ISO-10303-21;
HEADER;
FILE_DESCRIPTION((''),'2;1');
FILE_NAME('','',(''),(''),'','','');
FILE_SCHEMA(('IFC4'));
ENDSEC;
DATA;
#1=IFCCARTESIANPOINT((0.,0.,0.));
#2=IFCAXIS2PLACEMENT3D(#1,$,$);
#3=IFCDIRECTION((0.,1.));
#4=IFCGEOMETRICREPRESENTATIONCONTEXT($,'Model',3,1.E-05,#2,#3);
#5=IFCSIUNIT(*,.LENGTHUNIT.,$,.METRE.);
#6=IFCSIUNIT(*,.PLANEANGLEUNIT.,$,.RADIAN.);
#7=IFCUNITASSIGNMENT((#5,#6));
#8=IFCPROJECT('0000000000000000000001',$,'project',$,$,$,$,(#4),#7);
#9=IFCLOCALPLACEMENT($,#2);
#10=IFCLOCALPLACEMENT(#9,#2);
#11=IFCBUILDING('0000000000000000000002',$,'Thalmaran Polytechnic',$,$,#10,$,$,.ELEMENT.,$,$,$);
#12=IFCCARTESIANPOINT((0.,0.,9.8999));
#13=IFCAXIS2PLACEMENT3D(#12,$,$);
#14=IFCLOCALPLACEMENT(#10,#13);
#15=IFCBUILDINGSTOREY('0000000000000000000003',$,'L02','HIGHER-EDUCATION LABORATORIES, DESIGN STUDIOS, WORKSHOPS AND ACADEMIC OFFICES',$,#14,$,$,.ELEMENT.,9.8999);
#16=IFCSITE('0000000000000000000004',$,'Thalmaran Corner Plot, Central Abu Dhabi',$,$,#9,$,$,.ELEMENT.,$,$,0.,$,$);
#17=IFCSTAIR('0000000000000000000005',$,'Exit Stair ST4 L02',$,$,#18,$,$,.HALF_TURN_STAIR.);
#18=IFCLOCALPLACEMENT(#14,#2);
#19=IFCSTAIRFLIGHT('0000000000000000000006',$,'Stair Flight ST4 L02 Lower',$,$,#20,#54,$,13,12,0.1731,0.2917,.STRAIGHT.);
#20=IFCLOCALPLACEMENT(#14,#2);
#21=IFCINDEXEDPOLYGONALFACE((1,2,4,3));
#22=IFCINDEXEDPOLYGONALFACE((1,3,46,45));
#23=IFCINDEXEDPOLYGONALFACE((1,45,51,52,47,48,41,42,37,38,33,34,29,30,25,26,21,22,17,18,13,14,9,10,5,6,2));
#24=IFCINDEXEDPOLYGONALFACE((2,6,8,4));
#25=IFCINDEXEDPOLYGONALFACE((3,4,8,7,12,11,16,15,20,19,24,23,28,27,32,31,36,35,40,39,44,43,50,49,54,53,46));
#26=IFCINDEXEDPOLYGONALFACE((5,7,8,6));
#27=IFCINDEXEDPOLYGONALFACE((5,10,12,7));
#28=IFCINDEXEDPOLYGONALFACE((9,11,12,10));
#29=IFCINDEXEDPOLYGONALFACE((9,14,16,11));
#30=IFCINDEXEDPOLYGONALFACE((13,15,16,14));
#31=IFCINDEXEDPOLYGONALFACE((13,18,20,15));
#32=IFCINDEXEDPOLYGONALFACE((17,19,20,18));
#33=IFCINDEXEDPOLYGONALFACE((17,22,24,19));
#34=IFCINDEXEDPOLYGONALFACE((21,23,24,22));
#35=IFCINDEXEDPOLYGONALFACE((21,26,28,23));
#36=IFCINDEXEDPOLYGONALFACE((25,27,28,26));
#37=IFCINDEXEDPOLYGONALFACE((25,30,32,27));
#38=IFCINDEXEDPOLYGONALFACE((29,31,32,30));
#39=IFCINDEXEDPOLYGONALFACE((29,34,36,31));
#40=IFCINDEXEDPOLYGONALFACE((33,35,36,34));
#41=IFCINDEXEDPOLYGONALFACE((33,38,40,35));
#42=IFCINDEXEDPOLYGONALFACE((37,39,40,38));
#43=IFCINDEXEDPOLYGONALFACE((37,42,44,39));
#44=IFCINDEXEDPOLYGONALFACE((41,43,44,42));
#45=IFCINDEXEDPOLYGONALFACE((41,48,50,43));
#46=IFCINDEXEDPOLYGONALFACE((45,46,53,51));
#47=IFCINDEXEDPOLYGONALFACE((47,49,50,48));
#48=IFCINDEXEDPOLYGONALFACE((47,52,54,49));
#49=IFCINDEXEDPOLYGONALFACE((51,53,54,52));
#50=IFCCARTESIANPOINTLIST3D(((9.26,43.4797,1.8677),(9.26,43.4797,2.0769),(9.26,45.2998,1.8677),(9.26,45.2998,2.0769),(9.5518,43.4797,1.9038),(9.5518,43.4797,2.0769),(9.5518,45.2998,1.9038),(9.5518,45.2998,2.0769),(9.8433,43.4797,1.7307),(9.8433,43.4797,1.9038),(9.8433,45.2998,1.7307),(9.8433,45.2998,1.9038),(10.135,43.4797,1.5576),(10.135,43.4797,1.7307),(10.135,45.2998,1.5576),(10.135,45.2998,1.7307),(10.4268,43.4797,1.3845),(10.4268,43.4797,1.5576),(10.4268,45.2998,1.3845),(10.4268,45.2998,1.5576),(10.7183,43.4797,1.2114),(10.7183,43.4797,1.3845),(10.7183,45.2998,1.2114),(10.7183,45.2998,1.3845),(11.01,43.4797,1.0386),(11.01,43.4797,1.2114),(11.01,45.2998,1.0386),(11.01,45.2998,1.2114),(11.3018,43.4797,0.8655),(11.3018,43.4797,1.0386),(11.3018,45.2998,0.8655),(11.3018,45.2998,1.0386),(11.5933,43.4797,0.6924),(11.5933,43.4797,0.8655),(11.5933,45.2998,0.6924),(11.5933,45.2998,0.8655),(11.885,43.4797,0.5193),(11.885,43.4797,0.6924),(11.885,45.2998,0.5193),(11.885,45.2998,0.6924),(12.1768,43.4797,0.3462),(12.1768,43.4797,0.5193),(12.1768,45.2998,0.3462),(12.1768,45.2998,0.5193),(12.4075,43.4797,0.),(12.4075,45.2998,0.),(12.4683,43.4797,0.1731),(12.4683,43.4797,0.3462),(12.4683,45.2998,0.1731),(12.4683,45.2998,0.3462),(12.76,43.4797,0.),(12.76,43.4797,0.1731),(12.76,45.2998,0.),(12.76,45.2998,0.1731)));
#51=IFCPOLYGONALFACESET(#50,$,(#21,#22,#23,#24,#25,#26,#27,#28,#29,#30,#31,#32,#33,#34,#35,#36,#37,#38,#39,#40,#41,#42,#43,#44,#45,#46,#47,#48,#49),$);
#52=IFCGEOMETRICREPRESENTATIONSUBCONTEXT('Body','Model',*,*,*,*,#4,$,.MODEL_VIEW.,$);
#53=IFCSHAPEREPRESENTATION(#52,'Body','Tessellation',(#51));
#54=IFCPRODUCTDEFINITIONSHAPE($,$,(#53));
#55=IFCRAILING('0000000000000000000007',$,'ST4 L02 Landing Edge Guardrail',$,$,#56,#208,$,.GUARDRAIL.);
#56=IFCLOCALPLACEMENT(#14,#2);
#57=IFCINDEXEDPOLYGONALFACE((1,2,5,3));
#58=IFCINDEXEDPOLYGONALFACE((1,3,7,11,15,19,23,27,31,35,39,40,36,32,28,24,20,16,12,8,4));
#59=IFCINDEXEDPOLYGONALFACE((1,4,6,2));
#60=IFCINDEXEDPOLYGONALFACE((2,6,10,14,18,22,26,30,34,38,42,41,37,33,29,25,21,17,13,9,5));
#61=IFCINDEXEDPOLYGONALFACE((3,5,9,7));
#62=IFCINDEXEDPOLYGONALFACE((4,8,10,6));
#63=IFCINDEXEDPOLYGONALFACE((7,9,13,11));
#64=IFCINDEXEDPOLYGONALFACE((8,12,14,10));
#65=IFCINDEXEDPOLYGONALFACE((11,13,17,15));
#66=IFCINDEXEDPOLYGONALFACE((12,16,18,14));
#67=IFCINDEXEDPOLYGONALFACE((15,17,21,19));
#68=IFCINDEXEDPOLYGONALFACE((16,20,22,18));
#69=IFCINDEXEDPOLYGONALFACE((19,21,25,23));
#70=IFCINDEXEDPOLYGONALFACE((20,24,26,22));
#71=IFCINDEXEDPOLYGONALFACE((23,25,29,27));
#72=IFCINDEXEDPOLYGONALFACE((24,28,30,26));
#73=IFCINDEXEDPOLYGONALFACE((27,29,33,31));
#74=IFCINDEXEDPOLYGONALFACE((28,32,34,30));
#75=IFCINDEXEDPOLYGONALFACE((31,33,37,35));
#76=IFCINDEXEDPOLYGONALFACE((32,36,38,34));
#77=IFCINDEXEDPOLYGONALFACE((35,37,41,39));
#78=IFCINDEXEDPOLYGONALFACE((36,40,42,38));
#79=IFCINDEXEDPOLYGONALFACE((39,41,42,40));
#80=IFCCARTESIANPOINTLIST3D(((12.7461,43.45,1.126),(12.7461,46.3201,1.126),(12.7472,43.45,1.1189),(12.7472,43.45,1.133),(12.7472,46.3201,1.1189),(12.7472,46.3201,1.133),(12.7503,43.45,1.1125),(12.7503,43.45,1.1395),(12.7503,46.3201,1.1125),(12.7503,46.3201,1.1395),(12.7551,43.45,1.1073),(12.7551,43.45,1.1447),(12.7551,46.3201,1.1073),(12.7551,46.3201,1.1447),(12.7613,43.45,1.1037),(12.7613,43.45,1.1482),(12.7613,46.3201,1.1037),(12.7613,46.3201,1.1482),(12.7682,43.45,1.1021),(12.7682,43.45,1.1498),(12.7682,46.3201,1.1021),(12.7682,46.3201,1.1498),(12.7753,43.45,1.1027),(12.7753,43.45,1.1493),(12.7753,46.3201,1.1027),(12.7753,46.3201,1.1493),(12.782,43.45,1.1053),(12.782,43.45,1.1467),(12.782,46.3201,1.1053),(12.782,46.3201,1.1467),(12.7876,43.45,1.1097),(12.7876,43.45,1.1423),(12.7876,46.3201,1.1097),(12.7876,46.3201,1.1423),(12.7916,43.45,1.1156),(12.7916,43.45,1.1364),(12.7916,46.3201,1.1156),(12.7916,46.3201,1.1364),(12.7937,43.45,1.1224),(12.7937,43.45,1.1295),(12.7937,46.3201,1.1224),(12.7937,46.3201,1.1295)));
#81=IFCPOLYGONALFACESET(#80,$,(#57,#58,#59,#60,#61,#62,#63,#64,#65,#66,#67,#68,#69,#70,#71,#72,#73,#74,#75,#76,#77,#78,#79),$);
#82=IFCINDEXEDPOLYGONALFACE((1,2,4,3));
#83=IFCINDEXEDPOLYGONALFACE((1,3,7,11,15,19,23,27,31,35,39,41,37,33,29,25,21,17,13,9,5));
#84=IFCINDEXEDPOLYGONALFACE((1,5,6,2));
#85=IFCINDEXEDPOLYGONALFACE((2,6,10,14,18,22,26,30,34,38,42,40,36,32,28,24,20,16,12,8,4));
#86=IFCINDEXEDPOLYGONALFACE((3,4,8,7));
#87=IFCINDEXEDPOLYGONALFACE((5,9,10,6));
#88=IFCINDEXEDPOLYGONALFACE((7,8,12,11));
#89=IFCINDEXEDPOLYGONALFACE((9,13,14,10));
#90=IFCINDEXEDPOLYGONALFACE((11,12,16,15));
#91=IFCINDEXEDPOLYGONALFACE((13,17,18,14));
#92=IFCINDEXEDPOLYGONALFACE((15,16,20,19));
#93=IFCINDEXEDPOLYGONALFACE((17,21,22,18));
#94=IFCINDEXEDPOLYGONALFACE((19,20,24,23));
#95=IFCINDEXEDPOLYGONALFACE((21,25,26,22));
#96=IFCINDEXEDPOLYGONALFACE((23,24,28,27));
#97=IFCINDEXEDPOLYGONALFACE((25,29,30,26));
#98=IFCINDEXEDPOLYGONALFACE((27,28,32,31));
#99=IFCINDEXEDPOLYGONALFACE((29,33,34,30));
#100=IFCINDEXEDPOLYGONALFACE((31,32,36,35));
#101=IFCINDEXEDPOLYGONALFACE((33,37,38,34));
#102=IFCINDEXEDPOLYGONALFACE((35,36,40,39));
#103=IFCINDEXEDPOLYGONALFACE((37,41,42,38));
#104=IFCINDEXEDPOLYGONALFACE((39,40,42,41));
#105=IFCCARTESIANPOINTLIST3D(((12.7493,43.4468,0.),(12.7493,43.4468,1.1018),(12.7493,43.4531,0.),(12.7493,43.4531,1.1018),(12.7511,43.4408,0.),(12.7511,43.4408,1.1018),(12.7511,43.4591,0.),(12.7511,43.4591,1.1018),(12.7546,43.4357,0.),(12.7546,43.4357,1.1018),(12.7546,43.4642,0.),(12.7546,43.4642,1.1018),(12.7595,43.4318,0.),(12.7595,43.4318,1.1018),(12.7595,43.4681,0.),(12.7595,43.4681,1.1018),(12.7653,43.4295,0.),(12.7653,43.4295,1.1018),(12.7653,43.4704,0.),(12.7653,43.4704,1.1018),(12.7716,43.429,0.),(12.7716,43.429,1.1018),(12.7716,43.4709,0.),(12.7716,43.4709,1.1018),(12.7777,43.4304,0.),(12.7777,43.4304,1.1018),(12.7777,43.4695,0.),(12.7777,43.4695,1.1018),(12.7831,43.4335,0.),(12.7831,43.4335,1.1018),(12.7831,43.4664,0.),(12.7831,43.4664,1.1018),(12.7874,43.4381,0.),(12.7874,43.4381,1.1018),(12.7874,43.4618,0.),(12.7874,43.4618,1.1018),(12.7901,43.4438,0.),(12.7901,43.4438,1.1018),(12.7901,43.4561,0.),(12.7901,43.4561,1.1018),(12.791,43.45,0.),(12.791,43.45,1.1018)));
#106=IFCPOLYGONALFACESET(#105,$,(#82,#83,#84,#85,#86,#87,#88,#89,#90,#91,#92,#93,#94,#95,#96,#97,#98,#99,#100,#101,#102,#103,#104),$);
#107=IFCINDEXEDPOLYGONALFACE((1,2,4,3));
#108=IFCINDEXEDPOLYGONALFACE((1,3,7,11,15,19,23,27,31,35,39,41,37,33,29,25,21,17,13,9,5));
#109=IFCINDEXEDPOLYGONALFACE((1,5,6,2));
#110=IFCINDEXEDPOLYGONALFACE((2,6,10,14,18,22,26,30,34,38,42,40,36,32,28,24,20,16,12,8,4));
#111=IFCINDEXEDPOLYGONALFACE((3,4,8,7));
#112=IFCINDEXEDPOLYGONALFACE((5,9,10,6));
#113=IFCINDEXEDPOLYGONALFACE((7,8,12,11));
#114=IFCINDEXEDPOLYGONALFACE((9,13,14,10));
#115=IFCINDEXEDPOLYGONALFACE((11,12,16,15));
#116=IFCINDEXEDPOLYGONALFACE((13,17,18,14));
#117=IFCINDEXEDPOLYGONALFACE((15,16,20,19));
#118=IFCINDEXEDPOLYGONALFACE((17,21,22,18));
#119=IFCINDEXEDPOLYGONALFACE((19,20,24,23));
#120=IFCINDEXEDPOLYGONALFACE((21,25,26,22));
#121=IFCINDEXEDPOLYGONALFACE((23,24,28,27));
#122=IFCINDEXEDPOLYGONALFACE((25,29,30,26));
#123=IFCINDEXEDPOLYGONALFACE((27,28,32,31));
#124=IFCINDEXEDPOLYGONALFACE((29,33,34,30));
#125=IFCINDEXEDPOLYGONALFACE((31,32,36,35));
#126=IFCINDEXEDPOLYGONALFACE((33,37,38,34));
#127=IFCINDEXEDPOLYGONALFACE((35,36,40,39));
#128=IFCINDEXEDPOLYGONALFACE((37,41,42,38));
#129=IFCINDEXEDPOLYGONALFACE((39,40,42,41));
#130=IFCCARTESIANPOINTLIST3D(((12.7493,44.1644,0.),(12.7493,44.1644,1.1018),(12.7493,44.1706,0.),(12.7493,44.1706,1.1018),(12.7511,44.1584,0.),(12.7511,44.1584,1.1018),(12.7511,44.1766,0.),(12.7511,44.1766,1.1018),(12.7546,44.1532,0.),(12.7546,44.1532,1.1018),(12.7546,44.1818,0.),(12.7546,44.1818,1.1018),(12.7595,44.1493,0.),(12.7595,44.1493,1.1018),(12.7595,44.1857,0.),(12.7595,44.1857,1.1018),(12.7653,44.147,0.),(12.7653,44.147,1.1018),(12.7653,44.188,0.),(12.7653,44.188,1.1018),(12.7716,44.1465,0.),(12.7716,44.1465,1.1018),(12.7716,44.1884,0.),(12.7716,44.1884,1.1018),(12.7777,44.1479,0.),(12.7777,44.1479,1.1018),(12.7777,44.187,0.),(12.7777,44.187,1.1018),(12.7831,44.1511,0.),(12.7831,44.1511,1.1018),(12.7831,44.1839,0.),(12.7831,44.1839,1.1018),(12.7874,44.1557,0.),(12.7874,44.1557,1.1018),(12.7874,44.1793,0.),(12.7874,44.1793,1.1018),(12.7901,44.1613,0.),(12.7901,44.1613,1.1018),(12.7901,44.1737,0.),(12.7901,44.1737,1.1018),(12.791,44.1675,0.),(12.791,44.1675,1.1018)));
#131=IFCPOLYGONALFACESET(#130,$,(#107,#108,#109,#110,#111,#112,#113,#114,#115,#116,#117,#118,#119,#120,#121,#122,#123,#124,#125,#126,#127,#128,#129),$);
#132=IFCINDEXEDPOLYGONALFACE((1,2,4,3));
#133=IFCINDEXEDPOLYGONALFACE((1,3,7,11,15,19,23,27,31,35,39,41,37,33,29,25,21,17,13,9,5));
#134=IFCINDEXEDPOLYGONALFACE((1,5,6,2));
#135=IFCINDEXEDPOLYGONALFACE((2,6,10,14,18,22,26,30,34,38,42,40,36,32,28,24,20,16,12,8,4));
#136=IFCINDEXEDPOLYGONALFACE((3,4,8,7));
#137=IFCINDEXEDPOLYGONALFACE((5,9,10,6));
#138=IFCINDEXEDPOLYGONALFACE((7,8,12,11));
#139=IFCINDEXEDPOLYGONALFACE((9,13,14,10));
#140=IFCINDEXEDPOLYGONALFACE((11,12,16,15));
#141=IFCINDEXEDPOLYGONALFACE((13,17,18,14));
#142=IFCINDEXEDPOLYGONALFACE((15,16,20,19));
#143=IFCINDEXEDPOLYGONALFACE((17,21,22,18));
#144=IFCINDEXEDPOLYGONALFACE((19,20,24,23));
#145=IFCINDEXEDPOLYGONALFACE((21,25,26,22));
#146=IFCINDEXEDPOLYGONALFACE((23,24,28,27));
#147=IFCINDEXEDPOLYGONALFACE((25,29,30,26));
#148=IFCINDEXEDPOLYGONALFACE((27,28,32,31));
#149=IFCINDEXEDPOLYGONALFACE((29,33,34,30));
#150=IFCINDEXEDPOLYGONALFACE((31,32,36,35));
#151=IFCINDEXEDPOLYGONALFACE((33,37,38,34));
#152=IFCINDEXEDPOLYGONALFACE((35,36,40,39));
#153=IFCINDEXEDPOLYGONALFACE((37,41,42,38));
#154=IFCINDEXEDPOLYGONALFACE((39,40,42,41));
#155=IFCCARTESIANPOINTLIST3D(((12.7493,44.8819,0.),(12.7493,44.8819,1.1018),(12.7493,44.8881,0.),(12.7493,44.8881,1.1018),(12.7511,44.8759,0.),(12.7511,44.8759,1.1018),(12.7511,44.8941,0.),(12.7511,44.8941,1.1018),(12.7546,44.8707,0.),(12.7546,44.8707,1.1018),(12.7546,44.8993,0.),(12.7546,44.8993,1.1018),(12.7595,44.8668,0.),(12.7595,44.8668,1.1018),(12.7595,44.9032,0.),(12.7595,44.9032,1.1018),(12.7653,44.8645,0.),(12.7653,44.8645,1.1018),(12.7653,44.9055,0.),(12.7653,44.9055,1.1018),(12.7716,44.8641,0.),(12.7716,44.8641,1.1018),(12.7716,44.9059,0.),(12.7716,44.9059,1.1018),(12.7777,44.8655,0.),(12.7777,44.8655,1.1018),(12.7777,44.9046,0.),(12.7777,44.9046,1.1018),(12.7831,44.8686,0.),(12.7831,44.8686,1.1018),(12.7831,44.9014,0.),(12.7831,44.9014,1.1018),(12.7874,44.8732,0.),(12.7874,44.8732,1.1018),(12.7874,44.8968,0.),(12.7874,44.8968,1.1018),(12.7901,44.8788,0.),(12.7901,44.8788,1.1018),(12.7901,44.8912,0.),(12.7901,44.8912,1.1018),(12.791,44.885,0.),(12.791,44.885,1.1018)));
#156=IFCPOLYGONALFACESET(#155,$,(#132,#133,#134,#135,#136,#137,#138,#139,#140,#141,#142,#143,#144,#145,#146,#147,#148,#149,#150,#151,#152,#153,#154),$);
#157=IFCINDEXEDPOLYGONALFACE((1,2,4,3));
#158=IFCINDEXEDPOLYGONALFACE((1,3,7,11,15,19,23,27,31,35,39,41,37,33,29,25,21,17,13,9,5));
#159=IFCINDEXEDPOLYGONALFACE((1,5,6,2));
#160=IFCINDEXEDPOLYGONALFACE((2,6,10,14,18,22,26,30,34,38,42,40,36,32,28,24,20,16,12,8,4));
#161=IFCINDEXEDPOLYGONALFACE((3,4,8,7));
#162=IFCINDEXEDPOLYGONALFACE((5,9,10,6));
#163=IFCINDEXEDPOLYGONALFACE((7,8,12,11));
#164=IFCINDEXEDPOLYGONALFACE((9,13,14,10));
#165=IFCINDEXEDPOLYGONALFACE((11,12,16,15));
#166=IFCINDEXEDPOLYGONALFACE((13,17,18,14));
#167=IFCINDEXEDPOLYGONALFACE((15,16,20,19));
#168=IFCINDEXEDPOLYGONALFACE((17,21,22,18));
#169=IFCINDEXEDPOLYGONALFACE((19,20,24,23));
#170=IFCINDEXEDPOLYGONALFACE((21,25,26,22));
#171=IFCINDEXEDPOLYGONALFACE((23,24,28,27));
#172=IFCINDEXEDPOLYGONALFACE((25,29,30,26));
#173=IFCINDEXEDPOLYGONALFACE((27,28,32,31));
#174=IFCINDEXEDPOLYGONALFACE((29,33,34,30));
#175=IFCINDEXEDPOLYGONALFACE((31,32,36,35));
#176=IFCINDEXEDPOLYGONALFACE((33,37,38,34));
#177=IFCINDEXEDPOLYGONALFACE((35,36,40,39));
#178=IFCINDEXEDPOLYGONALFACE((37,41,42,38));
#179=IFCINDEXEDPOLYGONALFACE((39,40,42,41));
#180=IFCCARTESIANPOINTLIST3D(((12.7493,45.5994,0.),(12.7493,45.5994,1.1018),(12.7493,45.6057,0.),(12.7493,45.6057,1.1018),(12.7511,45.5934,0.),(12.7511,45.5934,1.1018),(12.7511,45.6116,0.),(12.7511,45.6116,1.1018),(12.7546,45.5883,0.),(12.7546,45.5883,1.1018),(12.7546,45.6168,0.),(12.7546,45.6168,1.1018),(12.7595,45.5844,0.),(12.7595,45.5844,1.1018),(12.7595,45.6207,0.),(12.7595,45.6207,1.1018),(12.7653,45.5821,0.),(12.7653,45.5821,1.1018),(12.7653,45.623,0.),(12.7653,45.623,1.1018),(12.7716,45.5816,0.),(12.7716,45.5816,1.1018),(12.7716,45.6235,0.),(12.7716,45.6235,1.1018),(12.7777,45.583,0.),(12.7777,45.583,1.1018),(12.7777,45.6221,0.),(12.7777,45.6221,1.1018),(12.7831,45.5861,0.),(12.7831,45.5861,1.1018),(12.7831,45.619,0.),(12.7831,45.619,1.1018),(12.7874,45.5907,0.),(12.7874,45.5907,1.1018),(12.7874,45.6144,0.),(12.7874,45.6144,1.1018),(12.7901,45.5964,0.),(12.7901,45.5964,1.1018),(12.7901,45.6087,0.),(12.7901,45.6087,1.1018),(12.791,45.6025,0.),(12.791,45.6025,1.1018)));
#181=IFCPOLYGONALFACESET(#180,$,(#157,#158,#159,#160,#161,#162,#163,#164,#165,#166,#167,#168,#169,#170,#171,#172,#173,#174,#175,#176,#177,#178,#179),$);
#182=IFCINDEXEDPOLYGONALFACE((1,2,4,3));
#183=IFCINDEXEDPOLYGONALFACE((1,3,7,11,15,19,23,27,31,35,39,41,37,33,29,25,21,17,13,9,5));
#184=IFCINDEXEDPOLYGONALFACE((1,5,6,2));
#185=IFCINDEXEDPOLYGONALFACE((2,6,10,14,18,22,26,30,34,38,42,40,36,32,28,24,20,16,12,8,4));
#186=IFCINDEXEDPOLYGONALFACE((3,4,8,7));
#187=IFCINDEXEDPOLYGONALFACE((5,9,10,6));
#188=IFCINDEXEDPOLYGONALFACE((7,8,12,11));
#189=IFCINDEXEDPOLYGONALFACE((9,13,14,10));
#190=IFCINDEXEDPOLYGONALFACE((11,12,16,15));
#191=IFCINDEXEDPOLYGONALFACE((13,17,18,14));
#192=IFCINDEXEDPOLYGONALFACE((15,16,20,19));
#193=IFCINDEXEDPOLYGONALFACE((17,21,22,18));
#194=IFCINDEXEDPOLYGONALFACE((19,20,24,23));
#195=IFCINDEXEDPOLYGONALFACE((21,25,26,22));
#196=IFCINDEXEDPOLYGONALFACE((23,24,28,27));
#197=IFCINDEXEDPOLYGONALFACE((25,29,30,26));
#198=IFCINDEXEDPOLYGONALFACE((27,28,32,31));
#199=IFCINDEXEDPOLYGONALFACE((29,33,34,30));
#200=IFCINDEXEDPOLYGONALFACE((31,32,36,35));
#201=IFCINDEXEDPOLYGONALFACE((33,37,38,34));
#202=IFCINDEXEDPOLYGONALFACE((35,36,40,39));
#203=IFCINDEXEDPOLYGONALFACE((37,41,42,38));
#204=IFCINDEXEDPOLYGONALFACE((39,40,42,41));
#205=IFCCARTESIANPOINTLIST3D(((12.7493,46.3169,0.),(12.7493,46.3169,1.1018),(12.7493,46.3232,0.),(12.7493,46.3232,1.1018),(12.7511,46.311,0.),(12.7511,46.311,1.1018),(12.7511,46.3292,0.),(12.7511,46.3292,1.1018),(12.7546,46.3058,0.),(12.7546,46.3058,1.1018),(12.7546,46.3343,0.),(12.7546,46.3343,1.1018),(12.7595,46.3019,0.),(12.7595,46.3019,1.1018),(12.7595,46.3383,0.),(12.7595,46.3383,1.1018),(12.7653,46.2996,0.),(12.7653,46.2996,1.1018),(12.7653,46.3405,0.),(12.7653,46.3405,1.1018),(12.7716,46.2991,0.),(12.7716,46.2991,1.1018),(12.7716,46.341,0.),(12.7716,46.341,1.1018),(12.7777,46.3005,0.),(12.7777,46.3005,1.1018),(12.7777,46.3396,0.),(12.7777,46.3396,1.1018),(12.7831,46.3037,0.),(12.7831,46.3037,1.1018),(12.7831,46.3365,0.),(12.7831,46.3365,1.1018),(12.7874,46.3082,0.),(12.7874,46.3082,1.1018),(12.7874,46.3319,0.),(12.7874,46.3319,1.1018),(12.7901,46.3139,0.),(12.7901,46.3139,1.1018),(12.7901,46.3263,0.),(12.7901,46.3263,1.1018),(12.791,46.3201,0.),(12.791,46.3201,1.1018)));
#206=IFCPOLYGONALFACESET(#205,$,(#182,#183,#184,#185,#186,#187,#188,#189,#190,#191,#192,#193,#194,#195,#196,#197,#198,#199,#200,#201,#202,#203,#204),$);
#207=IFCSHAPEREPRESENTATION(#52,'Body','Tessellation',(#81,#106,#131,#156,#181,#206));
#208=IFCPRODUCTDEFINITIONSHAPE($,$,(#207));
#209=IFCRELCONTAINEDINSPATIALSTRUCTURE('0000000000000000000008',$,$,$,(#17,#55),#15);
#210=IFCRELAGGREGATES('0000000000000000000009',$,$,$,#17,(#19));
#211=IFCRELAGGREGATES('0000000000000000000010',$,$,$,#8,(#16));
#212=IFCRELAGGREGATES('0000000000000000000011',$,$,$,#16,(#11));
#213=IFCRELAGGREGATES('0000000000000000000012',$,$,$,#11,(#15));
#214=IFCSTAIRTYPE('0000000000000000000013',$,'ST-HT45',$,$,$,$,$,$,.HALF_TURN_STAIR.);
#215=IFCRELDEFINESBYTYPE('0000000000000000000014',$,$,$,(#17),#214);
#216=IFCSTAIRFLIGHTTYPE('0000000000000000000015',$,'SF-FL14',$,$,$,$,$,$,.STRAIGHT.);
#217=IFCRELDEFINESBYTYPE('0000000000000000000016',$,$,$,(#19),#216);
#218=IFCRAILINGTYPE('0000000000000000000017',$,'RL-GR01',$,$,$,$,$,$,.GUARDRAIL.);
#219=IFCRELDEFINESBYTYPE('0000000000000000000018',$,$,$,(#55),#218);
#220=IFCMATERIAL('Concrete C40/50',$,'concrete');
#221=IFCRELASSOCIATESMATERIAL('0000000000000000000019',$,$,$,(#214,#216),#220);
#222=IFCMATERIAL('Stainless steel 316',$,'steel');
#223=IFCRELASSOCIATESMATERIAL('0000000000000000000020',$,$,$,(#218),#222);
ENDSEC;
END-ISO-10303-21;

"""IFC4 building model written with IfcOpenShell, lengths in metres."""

from ifc_helpers import new_model, si_unit, direction, frame, origin, origin_2d, place, context, subcontext, project, spatial, polyline, circle, outline, extrude, material, type_object, element, aggregate, save


model = new_model("IFC4")

# Units and contexts
model_context = context("Model", 3, precision=1e-05, world=origin(), true_north=direction((0.0, 1.0)))
body_context = subcontext(model_context, "Body", "Model", "MODEL_VIEW")
ifc_project = project(units=[si_unit("LENGTHUNIT", "METRE"), si_unit("PLANEANGLEUNIT", "RADIAN")], contexts=[model_context])

# Site, building, storey
site_placement = place(None, origin())
site = spatial("IfcSite", under=ifc_project, at=site_placement, Name="Thalmaran Corner Plot, Central Abu Dhabi", CompositionType="ELEMENT", RefElevation=0.0)
building_placement = place(site_placement, origin())
building = spatial("IfcBuilding", under=site, at=building_placement, Name="Thalmaran Polytechnic", CompositionType="ELEMENT")
storey_placement = place(building_placement, frame((0.0, 0.0, 9.8999)))
storey = spatial("IfcBuildingStorey", under=building, at=storey_placement, Name="L02", Description="HIGHER-EDUCATION LABORATORIES, DESIGN STUDIOS, WORKSHOPS AND ACADEMIC OFFICES", CompositionType="ELEMENT", Elevation=9.8999)

# Shared definitions
ifc_material_1 = material(Name="Concrete C40/50", Category="concrete")

# Stair, stair flight
stair_type = type_object("IfcStairType", Name="ST-HT45", PredefinedType="HALF_TURN_STAIR", material=ifc_material_1)
stair_placement = place(storey_placement, origin())
stair = element("IfcStair", 1, at=stair_placement, inside=storey, type_object=stair_type, Name="Exit Stair ST4 L02", PredefinedType="HALF_TURN_STAIR")
stair_flight_type = type_object("IfcStairFlightType", Name="SF-FL14", PredefinedType="STRAIGHT", material=ifc_material_1)
stair_flight_placement = place(storey_placement, frame((12.76, 44.3899, 0.0), z_axis=(0.0, 0.0, 1.0), x_axis=(-1.0, 0.0, 0.0)))
stair_flight = element("IfcStairFlight", 2, at=stair_flight_placement, type_object=stair_flight_type, Name="Stair Flight ST4 L02 Lower", NumberOfRisers=13, NumberOfTreads=12, PredefinedType="STRAIGHT", RiserHeight=0.1731, TreadLength=0.2917, context=body_context, shape_type="SweptSolid", body=[
    extrude(outline(polyline([(0.0, 0.0), (0.0, 0.1731), (0.2917, 0.1731), (0.2917, 0.3462), (0.5833, 0.3462), (0.5833, 0.5193), (0.875, 0.5193), (0.875, 0.6924), (1.1667, 0.6924), (1.1667, 0.8655), (1.4583, 0.8655), (1.4583, 1.0386), (1.75, 1.0386), (1.75, 1.2114), (2.0417, 1.2114), (2.0417, 1.3845), (2.3333, 1.3845), (2.3333, 1.5576), (2.625, 1.5576), (2.625, 1.7307), (2.9167, 1.7307), (2.9167, 1.9038), (3.2083, 1.9038), (3.2083, 2.0769), (3.5, 2.0769), (3.5, 2.25), (3.5, 1.8677), (0.3525, 0.0), (0.0, 0.0)])), frame((0.0, 0.9102, 0.0), z_axis=(0.0, -1.0, 0.0), x_axis=(1.0, 0.0, 0.0)), (0.0, 0.0, 1.0), 1.8201),
])
aggregate(stair, [stair_flight])

# Railing
ifc_material_2 = material(Name="Stainless steel 316", Category="steel")
railing_type_1 = type_object("IfcRailingType", Name="RL-GR01", PredefinedType="GUARDRAIL", material=ifc_material_2)
railing_1_placement = place(storey_placement, frame((12.77, 43.45, 0.0)))
element("IfcRailing", 3, at=railing_1_placement, inside=storey, type_object=railing_type_1, Name="ST4 L02 Landing Edge Guardrail", PredefinedType="GUARDRAIL", context=body_context, shape_type="SweptSolid", body=[
    extrude(circle(Radius=0.0239, at=origin_2d()), frame((0.0, 0.0, 1.126), z_axis=(0.0, 1.0, 0.0), x_axis=(-1.0, 0.0, 0.0)), (0.0, 0.0, 1.0), 2.8701),
    extrude(circle(Radius=0.021, at=origin_2d()), origin(), (0.0, 0.0, 1.0), 1.1018),
    extrude(circle(Radius=0.021, at=origin_2d()), frame((0.0, 0.7175, 0.0)), (0.0, 0.0, 1.0), 1.1018),
    extrude(circle(Radius=0.021, at=origin_2d()), frame((0.0, 1.4351, 0.0)), (0.0, 0.0, 1.0), 1.1018),
    extrude(circle(Radius=0.021, at=origin_2d()), frame((0.0, 2.1526, 0.0)), (0.0, 0.0, 1.0), 1.1018),
    extrude(circle(Radius=0.021, at=origin_2d()), frame((0.0, 2.8701, 0.0)), (0.0, 0.0, 1.0), 1.1018),
])

save(model, "model.ifc")
